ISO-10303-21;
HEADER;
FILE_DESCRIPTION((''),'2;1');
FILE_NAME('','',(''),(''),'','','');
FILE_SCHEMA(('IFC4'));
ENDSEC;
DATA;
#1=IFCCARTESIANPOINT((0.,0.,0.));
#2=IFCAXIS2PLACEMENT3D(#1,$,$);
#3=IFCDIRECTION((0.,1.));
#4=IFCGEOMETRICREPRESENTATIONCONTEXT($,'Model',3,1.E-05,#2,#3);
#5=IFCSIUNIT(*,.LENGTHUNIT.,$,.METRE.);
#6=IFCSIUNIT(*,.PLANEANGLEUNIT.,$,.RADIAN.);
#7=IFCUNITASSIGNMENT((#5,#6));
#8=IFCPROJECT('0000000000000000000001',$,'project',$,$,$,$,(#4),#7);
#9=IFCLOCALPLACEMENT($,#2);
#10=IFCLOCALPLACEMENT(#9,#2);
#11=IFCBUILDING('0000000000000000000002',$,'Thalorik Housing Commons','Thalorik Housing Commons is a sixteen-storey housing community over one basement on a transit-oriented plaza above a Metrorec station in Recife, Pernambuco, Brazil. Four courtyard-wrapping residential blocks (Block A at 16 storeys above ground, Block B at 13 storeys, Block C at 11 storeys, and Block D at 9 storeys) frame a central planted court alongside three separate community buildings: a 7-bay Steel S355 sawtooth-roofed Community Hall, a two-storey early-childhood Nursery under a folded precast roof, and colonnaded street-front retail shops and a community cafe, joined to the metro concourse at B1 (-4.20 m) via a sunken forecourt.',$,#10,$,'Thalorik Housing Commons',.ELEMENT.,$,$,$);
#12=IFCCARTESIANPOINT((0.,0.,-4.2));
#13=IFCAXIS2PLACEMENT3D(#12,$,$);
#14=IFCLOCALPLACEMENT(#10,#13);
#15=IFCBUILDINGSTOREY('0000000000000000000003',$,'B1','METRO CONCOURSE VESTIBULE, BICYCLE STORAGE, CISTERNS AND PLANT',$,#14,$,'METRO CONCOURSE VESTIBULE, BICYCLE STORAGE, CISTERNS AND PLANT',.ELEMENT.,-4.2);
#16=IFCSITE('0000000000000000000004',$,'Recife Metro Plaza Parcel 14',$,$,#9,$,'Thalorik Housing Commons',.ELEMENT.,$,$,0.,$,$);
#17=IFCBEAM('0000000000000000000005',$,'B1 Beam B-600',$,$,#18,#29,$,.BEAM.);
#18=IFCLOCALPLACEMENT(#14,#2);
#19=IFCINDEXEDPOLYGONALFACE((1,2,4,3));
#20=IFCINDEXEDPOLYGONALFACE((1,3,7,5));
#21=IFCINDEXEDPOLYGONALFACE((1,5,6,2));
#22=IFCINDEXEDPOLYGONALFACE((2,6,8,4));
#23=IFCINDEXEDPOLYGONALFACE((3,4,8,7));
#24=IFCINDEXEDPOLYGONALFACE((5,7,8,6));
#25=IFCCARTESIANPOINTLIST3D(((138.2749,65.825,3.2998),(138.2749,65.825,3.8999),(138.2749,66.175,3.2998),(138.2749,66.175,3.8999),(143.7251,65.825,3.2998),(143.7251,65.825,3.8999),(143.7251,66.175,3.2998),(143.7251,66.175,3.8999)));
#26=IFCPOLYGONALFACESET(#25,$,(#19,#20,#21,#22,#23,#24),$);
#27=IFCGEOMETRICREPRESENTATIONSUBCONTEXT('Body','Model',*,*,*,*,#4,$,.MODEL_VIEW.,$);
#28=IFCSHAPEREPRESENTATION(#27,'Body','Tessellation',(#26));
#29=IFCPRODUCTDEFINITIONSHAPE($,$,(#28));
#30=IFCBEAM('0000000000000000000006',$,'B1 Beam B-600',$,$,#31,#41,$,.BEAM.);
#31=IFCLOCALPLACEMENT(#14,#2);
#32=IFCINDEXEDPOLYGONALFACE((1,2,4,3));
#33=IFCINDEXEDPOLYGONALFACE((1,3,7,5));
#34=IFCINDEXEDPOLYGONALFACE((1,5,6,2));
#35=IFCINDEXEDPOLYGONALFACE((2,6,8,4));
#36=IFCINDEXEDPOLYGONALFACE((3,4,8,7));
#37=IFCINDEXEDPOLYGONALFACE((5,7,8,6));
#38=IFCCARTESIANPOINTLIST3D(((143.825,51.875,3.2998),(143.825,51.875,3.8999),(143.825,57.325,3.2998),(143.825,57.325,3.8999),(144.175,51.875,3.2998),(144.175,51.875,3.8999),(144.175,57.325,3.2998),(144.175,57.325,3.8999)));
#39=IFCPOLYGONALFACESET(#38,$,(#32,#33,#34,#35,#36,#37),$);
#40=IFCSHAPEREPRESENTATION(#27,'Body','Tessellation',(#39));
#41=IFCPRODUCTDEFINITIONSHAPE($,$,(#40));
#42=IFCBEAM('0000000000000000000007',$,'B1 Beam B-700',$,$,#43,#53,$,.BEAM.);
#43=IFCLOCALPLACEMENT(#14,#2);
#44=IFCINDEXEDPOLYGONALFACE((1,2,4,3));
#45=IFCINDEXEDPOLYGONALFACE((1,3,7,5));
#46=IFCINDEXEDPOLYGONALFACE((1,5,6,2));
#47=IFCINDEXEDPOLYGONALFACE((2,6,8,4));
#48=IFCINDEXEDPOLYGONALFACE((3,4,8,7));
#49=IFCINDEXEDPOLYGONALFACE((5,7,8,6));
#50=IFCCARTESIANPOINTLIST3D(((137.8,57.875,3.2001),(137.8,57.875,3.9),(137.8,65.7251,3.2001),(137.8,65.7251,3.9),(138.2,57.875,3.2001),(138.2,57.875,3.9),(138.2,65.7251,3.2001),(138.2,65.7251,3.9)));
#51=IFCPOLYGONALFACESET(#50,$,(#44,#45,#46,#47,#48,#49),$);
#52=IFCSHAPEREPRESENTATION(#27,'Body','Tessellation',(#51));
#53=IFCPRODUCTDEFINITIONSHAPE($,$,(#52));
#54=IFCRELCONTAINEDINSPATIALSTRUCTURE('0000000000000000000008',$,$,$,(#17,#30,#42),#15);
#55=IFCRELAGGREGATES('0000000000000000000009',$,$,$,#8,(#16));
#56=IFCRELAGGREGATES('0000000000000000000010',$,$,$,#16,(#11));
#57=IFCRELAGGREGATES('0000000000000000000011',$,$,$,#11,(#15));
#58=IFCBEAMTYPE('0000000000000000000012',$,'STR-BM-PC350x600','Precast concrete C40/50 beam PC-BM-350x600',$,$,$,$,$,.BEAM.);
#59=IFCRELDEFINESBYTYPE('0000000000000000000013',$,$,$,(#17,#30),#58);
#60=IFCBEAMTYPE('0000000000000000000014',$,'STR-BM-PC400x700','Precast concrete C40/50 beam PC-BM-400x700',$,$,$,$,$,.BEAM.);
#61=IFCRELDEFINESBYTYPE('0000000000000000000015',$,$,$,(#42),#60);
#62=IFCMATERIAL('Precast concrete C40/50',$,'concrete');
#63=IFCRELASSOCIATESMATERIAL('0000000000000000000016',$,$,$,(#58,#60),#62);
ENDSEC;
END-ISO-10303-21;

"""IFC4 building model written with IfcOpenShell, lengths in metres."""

from ifc_helpers import new_model, si_unit, direction, frame, origin, origin_2d, place, context, subcontext, project, spatial, rectangle, extrude, material, material_profile, profile_set, type_object, element, save


model = new_model("IFC4")

# Units and contexts
model_context = context("Model", 3, precision=1e-05, world=origin(), true_north=direction((0.0, 1.0)))
body_context = subcontext(model_context, "Body", "Model", "MODEL_VIEW")
ifc_project = project(units=[si_unit("LENGTHUNIT", "METRE"), si_unit("PLANEANGLEUNIT", "RADIAN")], contexts=[model_context])

# Site, building, storey
site_placement = place(None, origin())
site = spatial("IfcSite", under=ifc_project, at=site_placement, Name="Recife Metro Plaza Parcel 14", LongName="Thalorik Housing Commons", CompositionType="ELEMENT", RefElevation=0.0)
building_placement = place(site_placement, origin())
building = spatial("IfcBuilding", under=site, at=building_placement, Name="Thalorik Housing Commons", Description="Thalorik Housing Commons is a sixteen-storey housing community over one basement on a transit-oriented plaza above a Metrorec station in Recife, Pernambuco, Brazil. Four courtyard-wrapping residential blocks (Block A at 16 storeys above ground, Block B at 13 storeys, Block C at 11 storeys, and Block D at 9 storeys) frame a central planted court alongside three separate community buildings: a 7-bay Steel S355 sawtooth-roofed Community Hall, a two-storey early-childhood Nursery under a folded precast roof, and colonnaded street-front retail shops and a community cafe, joined to the metro concourse at B1 (-4.20 m) via a sunken forecourt.", LongName="Thalorik Housing Commons", CompositionType="ELEMENT")
storey_placement = place(building_placement, frame((0.0, 0.0, -4.2)))
storey = spatial("IfcBuildingStorey", under=building, at=storey_placement, Name="B1", Description="METRO CONCOURSE VESTIBULE, BICYCLE STORAGE, CISTERNS AND PLANT", LongName="METRO CONCOURSE VESTIBULE, BICYCLE STORAGE, CISTERNS AND PLANT", CompositionType="ELEMENT", Elevation=-4.2)

# Shared definitions
ifc_material_1 = material(Name="Precast concrete C40/50", Category="concrete")

# Beams
ifc_material_profile_1 = material_profile(ifc_material_1, rectangle(XDim=0.3501, YDim=0.6001, at=origin_2d()), Name="PC 350x600", Category="concrete")
ifc_profile_set_1 = profile_set([ifc_material_profile_1], Name="Precast concrete C40/50")
beam_type_1 = type_object("IfcBeamType", Name="STR-BM-PC350x600", Description="Precast concrete C40/50 beam PC-BM-350x600", PredefinedType="BEAM", material=ifc_profile_set_1)
for number, where, z_axis, x_axis, name in (
    (1, (138.2749, 66.0, 3.5999), (1.0, 0.0, 0.0), (0.0, 1.0, 0.0), "B1 Beam B-600"),
):
    element("IfcBeam", number, at=place(storey_placement, frame(where, z_axis=z_axis, x_axis=x_axis)), inside=storey, type_object=beam_type_1, Name=name, PredefinedType="BEAM", context=body_context, shape_type="SweptSolid", body=[
        extrude(rectangle(XDim=0.3501, YDim=0.6001, at=origin_2d()), origin(), (0.0, 0.0, 1.0), 5.4502),
    ])
beam_1_placement = place(storey_placement, frame((144.0, 51.875, 3.5999), z_axis=(0.0, 1.0, 0.0), x_axis=(-1.0, 0.0, 0.0)))
element("IfcBeam", 2, at=beam_1_placement, inside=storey, type_object=beam_type_1, Name="B1 Beam B-600", PredefinedType="BEAM", context=body_context, shape_type="SweptSolid", body=[
    extrude(rectangle(XDim=0.3501, YDim=0.6001, at=origin_2d()), origin(), (0.0, 0.0, 1.0), 5.45),
])
ifc_material_profile_2 = material_profile(ifc_material_1, rectangle(XDim=0.3999, YDim=0.7, at=origin_2d()), Name="PC 400x700", Category="concrete")
ifc_profile_set_2 = profile_set([ifc_material_profile_2], Name="Precast concrete C40/50")
beam_type_2 = type_object("IfcBeamType", Name="STR-BM-PC400x700", Description="Precast concrete C40/50 beam PC-BM-400x700", PredefinedType="BEAM", material=ifc_profile_set_2)
beam_2_placement = place(storey_placement, frame((138.0, 57.875, 3.55), z_axis=(0.0, 1.0, 0.0), x_axis=(-1.0, 0.0, 0.0)))
element("IfcBeam", 3, at=beam_2_placement, inside=storey, type_object=beam_type_2, Name="B1 Beam B-700", PredefinedType="BEAM", context=body_context, shape_type="SweptSolid", body=[
    extrude(rectangle(XDim=0.3999, YDim=0.7, at=origin_2d()), origin(), (0.0, 0.0, 1.0), 7.8501),
])

save(model, "model.ifc")
